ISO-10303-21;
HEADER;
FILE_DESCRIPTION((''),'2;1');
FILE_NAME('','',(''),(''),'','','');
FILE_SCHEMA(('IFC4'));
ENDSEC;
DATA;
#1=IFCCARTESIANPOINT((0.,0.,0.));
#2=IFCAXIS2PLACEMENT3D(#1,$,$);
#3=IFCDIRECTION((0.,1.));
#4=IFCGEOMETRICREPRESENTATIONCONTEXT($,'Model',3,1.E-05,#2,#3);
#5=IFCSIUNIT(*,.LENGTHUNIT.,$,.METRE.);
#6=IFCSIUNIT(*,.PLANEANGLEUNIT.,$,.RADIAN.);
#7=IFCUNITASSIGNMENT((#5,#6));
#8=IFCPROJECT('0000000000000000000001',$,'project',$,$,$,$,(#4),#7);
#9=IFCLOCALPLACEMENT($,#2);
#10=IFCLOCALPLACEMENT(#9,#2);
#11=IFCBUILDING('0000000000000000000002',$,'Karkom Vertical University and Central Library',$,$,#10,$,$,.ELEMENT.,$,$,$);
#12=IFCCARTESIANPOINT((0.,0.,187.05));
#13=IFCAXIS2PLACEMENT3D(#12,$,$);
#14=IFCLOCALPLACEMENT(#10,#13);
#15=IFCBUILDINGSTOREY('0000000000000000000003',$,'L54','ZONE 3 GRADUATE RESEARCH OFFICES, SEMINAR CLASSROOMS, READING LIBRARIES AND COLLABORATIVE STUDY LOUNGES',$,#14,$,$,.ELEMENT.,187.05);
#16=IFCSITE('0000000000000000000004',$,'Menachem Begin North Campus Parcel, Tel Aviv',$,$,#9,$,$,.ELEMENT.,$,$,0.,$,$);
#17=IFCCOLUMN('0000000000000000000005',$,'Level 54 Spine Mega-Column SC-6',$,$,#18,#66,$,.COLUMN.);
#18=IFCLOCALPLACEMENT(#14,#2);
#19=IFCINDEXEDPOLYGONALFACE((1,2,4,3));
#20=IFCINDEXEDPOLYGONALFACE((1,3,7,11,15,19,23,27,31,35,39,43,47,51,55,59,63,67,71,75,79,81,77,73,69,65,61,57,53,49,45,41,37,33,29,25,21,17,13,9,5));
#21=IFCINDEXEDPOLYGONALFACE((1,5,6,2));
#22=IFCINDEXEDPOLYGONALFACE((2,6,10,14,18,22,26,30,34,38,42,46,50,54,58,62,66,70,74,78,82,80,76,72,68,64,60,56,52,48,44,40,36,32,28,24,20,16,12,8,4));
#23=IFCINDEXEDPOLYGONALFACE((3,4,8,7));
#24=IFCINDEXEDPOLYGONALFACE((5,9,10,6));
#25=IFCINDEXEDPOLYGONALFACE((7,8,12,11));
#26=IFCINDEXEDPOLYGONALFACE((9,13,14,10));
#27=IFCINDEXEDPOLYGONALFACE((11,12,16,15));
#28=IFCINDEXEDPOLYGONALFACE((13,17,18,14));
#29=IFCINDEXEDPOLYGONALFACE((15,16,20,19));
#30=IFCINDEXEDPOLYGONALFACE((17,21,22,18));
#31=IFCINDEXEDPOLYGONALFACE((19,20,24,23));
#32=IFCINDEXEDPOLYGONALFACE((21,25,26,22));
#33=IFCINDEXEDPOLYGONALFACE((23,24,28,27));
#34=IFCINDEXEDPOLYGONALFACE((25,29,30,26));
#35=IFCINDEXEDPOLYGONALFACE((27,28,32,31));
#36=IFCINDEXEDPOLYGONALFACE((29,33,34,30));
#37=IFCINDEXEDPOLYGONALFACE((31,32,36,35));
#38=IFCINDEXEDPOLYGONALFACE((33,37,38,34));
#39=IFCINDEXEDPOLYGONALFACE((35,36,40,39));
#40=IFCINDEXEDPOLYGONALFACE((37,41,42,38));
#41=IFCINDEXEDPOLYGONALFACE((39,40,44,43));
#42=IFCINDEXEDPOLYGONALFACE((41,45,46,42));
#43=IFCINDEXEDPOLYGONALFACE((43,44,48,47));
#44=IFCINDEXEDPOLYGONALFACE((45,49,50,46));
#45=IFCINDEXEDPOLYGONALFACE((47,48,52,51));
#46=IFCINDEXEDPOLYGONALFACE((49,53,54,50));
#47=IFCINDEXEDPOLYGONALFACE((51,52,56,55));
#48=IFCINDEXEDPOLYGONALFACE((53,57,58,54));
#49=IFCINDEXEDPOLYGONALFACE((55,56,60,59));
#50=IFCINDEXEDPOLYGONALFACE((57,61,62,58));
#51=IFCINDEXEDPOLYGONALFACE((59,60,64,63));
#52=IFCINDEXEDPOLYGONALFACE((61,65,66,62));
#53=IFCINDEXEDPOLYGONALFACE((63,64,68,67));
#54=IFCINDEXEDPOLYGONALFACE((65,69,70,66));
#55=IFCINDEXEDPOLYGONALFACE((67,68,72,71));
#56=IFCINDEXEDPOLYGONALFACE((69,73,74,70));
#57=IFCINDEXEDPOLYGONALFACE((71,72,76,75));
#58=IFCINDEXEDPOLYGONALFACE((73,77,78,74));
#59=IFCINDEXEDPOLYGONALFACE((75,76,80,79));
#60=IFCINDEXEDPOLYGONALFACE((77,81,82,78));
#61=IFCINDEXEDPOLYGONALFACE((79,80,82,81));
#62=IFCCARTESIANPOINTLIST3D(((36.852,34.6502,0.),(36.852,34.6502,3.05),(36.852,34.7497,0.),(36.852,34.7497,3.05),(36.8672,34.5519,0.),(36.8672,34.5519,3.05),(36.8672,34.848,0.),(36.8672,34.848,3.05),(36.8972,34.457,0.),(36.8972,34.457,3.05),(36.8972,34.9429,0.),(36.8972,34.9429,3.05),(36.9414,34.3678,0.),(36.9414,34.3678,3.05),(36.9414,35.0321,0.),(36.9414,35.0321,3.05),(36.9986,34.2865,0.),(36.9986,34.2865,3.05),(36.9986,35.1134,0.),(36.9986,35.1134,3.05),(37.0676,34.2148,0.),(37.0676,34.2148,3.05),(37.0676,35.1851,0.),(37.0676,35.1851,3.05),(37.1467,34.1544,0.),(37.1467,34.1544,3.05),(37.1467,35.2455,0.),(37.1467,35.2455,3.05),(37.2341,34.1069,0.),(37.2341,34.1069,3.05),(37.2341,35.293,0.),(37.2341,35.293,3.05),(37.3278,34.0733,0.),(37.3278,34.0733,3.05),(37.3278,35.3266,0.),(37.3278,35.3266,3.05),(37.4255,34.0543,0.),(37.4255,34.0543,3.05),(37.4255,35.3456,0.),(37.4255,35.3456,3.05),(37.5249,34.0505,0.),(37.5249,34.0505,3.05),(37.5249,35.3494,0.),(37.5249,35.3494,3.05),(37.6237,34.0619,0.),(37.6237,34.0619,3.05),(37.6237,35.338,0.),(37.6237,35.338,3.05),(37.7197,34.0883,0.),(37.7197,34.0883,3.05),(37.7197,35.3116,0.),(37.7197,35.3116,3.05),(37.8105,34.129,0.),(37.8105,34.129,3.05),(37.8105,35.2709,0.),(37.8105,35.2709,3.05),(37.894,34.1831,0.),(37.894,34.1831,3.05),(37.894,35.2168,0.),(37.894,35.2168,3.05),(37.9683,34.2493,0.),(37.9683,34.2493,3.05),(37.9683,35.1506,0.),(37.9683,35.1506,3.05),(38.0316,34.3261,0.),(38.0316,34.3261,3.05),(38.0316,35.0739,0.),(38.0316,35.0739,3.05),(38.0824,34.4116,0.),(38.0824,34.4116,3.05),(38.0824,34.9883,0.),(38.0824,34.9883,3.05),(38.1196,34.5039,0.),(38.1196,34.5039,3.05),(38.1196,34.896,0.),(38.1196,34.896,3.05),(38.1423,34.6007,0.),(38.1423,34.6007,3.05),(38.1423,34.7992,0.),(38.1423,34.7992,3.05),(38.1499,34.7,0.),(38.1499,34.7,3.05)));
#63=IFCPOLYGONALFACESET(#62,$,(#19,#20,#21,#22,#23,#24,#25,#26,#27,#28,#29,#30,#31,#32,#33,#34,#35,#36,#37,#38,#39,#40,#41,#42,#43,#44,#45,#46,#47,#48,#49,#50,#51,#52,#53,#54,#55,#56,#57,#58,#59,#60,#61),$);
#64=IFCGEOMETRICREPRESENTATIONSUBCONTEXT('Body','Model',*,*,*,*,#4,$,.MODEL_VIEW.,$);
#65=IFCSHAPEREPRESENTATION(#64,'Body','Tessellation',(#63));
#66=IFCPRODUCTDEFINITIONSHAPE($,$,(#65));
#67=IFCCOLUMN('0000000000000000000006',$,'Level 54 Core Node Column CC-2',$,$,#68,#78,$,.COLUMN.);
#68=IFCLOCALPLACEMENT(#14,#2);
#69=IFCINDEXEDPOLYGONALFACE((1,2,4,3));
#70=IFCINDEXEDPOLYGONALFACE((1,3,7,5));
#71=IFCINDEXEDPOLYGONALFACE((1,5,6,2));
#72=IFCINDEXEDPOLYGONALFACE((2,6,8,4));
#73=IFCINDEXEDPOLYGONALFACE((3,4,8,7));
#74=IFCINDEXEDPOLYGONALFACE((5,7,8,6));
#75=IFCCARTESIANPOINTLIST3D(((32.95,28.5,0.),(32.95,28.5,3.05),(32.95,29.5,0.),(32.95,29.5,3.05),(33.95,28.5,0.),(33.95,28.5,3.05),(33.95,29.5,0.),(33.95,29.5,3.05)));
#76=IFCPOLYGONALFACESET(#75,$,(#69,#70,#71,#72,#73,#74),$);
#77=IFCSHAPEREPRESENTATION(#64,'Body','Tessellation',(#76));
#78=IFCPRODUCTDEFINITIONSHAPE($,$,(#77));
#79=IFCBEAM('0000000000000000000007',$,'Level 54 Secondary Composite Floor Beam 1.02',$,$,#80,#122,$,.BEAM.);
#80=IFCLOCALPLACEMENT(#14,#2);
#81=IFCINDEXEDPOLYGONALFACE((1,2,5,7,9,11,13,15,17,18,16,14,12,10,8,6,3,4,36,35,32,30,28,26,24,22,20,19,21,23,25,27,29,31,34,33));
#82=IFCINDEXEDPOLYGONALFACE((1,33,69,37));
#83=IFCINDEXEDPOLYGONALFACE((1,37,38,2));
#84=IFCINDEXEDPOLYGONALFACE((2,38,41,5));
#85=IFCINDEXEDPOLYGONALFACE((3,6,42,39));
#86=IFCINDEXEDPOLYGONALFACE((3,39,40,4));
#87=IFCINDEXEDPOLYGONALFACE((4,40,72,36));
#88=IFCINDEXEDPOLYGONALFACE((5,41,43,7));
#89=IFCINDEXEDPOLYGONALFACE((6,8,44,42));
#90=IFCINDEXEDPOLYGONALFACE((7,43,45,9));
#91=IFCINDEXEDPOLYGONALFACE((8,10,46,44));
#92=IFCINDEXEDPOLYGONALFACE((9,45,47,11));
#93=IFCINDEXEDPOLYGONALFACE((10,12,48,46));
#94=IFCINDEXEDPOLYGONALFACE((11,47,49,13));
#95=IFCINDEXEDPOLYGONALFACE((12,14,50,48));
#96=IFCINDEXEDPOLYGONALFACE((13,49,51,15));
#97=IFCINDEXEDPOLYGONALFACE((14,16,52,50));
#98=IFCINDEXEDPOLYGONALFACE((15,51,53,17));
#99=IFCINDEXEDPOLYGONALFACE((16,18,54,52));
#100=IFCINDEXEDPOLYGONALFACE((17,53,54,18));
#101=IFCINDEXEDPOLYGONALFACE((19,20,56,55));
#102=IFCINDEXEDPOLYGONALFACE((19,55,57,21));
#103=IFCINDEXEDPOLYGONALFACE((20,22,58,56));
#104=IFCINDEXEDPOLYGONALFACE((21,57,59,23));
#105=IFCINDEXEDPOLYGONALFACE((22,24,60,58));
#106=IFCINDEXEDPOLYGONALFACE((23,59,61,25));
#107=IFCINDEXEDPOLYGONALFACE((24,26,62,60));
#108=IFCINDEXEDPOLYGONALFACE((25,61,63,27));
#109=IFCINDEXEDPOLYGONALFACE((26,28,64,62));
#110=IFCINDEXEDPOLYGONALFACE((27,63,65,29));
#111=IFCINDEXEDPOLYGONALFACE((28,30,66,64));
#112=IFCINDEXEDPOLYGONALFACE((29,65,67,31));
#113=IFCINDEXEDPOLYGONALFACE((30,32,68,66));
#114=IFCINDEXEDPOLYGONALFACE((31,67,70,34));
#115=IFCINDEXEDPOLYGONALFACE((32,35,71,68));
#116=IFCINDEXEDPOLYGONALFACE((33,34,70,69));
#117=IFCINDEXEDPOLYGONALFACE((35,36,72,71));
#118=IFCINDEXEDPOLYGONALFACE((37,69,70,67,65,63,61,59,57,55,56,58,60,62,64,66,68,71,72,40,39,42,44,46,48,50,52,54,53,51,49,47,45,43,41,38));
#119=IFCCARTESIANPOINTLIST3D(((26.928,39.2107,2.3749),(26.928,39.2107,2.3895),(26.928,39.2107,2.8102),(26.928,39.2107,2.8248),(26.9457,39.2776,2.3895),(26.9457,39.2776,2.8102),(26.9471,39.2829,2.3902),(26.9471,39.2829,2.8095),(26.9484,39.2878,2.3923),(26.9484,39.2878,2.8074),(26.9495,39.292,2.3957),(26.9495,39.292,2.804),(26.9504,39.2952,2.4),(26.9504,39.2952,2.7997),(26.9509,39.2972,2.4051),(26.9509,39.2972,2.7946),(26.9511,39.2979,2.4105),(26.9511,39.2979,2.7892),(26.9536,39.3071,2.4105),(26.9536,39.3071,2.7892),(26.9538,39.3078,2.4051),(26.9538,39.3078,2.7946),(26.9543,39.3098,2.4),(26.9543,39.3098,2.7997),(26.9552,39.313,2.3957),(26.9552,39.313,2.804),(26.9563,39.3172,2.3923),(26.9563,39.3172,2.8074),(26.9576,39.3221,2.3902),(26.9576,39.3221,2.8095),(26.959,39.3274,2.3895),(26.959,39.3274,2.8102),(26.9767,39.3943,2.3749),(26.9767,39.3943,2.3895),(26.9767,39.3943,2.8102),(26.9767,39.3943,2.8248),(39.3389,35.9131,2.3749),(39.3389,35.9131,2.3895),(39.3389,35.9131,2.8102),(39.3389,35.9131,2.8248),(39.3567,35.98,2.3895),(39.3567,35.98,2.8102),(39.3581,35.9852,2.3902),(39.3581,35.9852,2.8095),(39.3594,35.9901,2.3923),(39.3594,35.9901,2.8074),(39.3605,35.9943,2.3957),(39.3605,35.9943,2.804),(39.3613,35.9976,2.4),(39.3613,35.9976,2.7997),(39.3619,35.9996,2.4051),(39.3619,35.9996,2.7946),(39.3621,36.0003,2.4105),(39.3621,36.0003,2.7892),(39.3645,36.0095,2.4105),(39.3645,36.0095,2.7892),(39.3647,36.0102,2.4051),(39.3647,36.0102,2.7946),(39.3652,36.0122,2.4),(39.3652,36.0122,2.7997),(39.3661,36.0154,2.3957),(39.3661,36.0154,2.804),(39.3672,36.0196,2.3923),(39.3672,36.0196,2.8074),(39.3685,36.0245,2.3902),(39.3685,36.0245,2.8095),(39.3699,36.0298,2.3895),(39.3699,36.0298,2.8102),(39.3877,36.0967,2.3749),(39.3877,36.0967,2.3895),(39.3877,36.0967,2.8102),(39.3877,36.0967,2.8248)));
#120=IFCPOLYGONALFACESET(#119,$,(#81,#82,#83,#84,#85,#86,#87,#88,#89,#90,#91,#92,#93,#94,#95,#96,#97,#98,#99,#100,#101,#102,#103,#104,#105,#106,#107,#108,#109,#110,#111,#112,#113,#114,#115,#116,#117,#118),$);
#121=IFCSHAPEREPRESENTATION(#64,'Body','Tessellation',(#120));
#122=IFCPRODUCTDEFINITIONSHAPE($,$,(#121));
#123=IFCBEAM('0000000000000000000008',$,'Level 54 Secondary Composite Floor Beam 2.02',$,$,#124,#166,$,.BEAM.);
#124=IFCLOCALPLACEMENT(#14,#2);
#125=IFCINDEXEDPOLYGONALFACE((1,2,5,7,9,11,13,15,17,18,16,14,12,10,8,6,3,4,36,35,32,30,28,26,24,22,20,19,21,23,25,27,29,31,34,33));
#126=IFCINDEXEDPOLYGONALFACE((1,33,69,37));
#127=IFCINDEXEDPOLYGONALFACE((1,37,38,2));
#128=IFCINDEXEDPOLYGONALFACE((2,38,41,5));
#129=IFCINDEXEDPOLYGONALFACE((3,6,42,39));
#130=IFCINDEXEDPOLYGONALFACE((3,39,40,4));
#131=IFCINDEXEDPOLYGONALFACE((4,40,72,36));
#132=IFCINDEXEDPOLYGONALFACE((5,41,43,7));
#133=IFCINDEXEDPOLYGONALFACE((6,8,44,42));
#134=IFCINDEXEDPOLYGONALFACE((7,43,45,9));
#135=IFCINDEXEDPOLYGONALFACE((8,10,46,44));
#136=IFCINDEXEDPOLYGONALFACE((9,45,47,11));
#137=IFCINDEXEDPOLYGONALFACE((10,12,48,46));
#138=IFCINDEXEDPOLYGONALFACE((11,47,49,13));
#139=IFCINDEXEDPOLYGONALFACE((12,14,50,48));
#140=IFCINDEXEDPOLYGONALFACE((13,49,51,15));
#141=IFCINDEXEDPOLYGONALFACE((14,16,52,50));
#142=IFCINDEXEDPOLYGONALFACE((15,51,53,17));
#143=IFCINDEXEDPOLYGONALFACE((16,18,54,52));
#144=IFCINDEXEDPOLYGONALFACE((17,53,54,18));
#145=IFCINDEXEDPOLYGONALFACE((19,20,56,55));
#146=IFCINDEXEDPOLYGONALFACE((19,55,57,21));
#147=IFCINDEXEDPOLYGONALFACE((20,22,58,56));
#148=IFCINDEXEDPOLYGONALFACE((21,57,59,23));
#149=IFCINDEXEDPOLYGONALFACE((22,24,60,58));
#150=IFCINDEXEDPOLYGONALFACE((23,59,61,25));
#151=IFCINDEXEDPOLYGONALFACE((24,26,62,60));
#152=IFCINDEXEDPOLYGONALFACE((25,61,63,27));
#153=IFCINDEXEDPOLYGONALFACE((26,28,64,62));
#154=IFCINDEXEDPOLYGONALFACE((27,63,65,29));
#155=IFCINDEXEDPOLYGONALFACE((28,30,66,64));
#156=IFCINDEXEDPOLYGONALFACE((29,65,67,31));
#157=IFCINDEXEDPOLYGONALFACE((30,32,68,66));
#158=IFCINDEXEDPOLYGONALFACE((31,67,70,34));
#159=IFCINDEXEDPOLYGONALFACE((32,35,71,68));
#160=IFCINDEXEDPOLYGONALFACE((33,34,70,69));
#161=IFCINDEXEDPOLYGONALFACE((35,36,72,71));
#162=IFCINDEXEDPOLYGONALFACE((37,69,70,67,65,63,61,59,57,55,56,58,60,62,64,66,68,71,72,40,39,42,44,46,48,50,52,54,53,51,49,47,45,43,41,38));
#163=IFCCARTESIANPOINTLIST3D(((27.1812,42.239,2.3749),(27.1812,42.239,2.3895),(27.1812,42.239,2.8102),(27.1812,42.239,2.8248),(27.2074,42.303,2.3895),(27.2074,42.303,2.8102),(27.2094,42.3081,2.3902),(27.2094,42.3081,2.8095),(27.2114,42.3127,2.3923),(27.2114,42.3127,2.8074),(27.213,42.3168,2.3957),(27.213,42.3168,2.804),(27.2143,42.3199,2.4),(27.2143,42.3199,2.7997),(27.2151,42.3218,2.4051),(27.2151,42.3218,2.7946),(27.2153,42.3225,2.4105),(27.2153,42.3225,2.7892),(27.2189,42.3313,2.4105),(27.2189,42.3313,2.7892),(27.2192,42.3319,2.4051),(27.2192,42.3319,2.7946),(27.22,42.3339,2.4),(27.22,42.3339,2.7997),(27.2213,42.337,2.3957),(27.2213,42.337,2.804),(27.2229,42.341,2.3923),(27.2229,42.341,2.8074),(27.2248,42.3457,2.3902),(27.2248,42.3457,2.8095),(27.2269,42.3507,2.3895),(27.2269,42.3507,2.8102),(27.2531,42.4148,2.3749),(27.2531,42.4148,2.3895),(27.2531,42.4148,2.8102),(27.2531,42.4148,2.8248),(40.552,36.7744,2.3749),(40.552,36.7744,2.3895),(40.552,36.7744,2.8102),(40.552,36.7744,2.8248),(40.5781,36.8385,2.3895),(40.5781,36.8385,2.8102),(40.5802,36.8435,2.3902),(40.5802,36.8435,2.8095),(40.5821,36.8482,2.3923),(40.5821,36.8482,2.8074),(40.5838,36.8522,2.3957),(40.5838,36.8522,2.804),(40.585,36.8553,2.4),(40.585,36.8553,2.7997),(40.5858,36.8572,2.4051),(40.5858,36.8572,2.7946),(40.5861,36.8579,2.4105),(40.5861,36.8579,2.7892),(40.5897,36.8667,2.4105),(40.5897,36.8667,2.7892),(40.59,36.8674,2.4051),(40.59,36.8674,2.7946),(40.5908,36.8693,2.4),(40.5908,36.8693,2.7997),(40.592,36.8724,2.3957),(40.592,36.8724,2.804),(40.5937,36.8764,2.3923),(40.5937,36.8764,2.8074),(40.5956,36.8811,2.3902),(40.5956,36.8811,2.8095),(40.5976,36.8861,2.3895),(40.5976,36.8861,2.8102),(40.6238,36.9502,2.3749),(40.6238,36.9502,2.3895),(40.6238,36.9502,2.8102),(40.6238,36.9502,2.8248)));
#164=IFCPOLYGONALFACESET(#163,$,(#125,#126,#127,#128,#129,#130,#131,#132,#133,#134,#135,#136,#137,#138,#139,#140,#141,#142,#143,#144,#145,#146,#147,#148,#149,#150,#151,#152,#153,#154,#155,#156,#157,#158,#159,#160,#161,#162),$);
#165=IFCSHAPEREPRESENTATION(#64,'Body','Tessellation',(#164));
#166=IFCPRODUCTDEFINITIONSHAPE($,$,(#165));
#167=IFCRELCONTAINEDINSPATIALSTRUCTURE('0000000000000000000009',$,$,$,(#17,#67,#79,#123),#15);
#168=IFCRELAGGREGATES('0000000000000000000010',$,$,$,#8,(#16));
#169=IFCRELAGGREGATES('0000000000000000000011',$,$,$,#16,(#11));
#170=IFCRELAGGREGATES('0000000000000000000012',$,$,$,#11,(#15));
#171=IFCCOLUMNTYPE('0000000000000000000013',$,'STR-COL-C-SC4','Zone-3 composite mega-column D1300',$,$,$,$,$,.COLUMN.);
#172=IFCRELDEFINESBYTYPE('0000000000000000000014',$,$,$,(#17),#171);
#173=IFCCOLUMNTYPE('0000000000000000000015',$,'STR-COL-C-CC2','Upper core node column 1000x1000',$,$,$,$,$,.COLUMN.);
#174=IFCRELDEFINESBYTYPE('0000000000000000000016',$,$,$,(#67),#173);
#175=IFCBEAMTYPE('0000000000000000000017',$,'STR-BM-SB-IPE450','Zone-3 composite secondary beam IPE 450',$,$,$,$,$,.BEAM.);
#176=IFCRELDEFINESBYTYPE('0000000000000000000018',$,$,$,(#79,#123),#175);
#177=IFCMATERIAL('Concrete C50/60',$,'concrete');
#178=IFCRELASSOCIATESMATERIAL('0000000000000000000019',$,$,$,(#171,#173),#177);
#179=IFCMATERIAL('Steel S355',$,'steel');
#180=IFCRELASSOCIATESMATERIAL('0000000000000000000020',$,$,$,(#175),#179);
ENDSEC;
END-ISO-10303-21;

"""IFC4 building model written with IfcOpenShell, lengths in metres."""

from ifc_helpers import new_model, si_unit, direction, frame, origin, origin_with_axes, origin_2d, place, context, subcontext, project, spatial, rectangle, circle, i_section, extrude, source, transform, mapped, material, material_profile, profile_set, type_object, element, save


model = new_model("IFC4")

# Units and contexts
model_context = context("Model", 3, precision=1e-05, world=origin(), true_north=direction((0.0, 1.0)))
body_context = subcontext(model_context, "Body", "Model", "MODEL_VIEW")
ifc_project = project(units=[si_unit("LENGTHUNIT", "METRE"), si_unit("PLANEANGLEUNIT", "RADIAN")], contexts=[model_context])

# Site, building, storey
site_placement = place(None, origin())
site = spatial("IfcSite", under=ifc_project, at=site_placement, Name="Menachem Begin North Campus Parcel, Tel Aviv", CompositionType="ELEMENT", RefElevation=0.0)
building_placement = place(site_placement, origin())
building = spatial("IfcBuilding", under=site, at=building_placement, Name="Karkom Vertical University and Central Library", CompositionType="ELEMENT")
storey_placement = place(building_placement, frame((0.0, 0.0, 187.05)))
storey = spatial("IfcBuildingStorey", under=building, at=storey_placement, Name="L54", Description="ZONE 3 GRADUATE RESEARCH OFFICES, SEMINAR CLASSROOMS, READING LIBRARIES AND COLLABORATIVE STUDY LOUNGES", CompositionType="ELEMENT", Elevation=187.05)

# Columns
ifc_material_1 = material(Name="Concrete C50/60", Category="concrete")
ifc_material_profile_1 = material_profile(ifc_material_1, circle(Radius=0.6499, at=origin_2d()), Name="CFT-D1300")
ifc_profile_set_1 = profile_set([ifc_material_profile_1], Name="Concrete C50/60")
column_type_1 = type_object("IfcColumnType", Name="STR-COL-C-SC4", Description="Zone-3 composite mega-column D1300", PredefinedType="COLUMN", material=ifc_profile_set_1)
shared_shape_1 = source(origin_with_axes(), body_context, "Body", "SweptSolid", [
    extrude(circle(Radius=0.6499, at=origin_2d()), origin(), (0.0, 0.0, 1.0), 3.05),
])
column_1_placement = place(storey_placement, frame((37.5, 34.7, 0.0), z_axis=(0.0, 0.0, 1.0), x_axis=(1.0, 0.0, 0.0)))
element("IfcColumn", 1, at=column_1_placement, inside=storey, type_object=column_type_1, Name="Level 54 Spine Mega-Column SC-6", PredefinedType="COLUMN", context=body_context, shape_type="MappedRepresentation", body=[
    mapped(shared_shape_1, transform((0.0, 0.0, 0.0), scale=1.0)),
])
ifc_material_profile_2 = material_profile(ifc_material_1, rectangle(XDim=1.0, YDim=1.0, at=origin_2d()), Name="RC-1000x1000")
ifc_profile_set_2 = profile_set([ifc_material_profile_2], Name="Concrete C50/60")
column_type_2 = type_object("IfcColumnType", Name="STR-COL-C-CC2", Description="Upper core node column 1000x1000", PredefinedType="COLUMN", material=ifc_profile_set_2)
shared_shape_2 = source(origin_with_axes(), body_context, "Body", "SweptSolid", [
    extrude(rectangle(XDim=1.0, YDim=1.0, at=origin_2d()), origin(), (0.0, 0.0, 1.0), 3.05),
])
column_2_placement = place(storey_placement, frame((33.45, 29.0, 0.0), z_axis=(0.0, 0.0, 1.0), x_axis=(1.0, 0.0, 0.0)))
element("IfcColumn", 2, at=column_2_placement, inside=storey, type_object=column_type_2, Name="Level 54 Core Node Column CC-2", PredefinedType="COLUMN", context=body_context, shape_type="MappedRepresentation", body=[
    mapped(shared_shape_2, transform((0.0, 0.0, 0.0), scale=1.0)),
])

# Beams
ifc_material_2 = material(Name="Steel S355", Category="steel")
ifc_material_profile_3 = material_profile(ifc_material_2, i_section(OverallWidth=0.1899, OverallDepth=0.45, WebThickness=0.0095, FlangeThickness=0.0146, FilletRadius=0.021, at=origin_2d()), Name="IPE 450")
ifc_profile_set_3 = profile_set([ifc_material_profile_3], Name="Steel S355")
beam_type_1 = type_object("IfcBeamType", Name="STR-BM-SB-IPE450", Description="Zone-3 composite secondary beam IPE 450", PredefinedType="BEAM", material=ifc_profile_set_3)
shared_shape_3 = source(origin_with_axes(), body_context, "Body", "SweptSolid", [
    extrude(i_section(OverallWidth=0.1899, OverallDepth=0.45, WebThickness=0.0095, FlangeThickness=0.0146, FilletRadius=0.021, at=origin_2d()), origin(), (0.0, 0.0, 1.0), 12.8416),
])
beam_1_placement = place(storey_placement, frame((39.3633, 36.0049, 2.5999), z_axis=(-0.966466, 0.256793, 0.0), x_axis=(-0.256793, -0.966466, 0.0)))
element("IfcBeam", 3, at=beam_1_placement, inside=storey, type_object=beam_type_1, Name="Level 54 Secondary Composite Floor Beam 1.02", PredefinedType="BEAM", context=body_context, shape_type="MappedRepresentation", body=[
    mapped(shared_shape_3, transform((0.0, 0.0, 0.0), scale=1.0)),
])
shared_shape_4 = source(origin_with_axes(), body_context, "Body", "SweptSolid", [
    extrude(i_section(OverallWidth=0.1899, OverallDepth=0.45, WebThickness=0.0095, FlangeThickness=0.0146, FilletRadius=0.021, at=origin_2d()), origin(), (0.0, 0.0, 1.0), 14.4443),
])
beam_2_placement = place(storey_placement, frame((40.5879, 36.8623, 2.5999), z_axis=(-0.925675, 0.378319, 0.0), x_axis=(-0.378319, -0.925675, 0.0)))
element("IfcBeam", 4, at=beam_2_placement, inside=storey, type_object=beam_type_1, Name="Level 54 Secondary Composite Floor Beam 2.02", PredefinedType="BEAM", context=body_context, shape_type="MappedRepresentation", body=[
    mapped(shared_shape_4, transform((0.0, 0.0, 0.0), scale=1.0)),
])

save(model, "model.ifc")
